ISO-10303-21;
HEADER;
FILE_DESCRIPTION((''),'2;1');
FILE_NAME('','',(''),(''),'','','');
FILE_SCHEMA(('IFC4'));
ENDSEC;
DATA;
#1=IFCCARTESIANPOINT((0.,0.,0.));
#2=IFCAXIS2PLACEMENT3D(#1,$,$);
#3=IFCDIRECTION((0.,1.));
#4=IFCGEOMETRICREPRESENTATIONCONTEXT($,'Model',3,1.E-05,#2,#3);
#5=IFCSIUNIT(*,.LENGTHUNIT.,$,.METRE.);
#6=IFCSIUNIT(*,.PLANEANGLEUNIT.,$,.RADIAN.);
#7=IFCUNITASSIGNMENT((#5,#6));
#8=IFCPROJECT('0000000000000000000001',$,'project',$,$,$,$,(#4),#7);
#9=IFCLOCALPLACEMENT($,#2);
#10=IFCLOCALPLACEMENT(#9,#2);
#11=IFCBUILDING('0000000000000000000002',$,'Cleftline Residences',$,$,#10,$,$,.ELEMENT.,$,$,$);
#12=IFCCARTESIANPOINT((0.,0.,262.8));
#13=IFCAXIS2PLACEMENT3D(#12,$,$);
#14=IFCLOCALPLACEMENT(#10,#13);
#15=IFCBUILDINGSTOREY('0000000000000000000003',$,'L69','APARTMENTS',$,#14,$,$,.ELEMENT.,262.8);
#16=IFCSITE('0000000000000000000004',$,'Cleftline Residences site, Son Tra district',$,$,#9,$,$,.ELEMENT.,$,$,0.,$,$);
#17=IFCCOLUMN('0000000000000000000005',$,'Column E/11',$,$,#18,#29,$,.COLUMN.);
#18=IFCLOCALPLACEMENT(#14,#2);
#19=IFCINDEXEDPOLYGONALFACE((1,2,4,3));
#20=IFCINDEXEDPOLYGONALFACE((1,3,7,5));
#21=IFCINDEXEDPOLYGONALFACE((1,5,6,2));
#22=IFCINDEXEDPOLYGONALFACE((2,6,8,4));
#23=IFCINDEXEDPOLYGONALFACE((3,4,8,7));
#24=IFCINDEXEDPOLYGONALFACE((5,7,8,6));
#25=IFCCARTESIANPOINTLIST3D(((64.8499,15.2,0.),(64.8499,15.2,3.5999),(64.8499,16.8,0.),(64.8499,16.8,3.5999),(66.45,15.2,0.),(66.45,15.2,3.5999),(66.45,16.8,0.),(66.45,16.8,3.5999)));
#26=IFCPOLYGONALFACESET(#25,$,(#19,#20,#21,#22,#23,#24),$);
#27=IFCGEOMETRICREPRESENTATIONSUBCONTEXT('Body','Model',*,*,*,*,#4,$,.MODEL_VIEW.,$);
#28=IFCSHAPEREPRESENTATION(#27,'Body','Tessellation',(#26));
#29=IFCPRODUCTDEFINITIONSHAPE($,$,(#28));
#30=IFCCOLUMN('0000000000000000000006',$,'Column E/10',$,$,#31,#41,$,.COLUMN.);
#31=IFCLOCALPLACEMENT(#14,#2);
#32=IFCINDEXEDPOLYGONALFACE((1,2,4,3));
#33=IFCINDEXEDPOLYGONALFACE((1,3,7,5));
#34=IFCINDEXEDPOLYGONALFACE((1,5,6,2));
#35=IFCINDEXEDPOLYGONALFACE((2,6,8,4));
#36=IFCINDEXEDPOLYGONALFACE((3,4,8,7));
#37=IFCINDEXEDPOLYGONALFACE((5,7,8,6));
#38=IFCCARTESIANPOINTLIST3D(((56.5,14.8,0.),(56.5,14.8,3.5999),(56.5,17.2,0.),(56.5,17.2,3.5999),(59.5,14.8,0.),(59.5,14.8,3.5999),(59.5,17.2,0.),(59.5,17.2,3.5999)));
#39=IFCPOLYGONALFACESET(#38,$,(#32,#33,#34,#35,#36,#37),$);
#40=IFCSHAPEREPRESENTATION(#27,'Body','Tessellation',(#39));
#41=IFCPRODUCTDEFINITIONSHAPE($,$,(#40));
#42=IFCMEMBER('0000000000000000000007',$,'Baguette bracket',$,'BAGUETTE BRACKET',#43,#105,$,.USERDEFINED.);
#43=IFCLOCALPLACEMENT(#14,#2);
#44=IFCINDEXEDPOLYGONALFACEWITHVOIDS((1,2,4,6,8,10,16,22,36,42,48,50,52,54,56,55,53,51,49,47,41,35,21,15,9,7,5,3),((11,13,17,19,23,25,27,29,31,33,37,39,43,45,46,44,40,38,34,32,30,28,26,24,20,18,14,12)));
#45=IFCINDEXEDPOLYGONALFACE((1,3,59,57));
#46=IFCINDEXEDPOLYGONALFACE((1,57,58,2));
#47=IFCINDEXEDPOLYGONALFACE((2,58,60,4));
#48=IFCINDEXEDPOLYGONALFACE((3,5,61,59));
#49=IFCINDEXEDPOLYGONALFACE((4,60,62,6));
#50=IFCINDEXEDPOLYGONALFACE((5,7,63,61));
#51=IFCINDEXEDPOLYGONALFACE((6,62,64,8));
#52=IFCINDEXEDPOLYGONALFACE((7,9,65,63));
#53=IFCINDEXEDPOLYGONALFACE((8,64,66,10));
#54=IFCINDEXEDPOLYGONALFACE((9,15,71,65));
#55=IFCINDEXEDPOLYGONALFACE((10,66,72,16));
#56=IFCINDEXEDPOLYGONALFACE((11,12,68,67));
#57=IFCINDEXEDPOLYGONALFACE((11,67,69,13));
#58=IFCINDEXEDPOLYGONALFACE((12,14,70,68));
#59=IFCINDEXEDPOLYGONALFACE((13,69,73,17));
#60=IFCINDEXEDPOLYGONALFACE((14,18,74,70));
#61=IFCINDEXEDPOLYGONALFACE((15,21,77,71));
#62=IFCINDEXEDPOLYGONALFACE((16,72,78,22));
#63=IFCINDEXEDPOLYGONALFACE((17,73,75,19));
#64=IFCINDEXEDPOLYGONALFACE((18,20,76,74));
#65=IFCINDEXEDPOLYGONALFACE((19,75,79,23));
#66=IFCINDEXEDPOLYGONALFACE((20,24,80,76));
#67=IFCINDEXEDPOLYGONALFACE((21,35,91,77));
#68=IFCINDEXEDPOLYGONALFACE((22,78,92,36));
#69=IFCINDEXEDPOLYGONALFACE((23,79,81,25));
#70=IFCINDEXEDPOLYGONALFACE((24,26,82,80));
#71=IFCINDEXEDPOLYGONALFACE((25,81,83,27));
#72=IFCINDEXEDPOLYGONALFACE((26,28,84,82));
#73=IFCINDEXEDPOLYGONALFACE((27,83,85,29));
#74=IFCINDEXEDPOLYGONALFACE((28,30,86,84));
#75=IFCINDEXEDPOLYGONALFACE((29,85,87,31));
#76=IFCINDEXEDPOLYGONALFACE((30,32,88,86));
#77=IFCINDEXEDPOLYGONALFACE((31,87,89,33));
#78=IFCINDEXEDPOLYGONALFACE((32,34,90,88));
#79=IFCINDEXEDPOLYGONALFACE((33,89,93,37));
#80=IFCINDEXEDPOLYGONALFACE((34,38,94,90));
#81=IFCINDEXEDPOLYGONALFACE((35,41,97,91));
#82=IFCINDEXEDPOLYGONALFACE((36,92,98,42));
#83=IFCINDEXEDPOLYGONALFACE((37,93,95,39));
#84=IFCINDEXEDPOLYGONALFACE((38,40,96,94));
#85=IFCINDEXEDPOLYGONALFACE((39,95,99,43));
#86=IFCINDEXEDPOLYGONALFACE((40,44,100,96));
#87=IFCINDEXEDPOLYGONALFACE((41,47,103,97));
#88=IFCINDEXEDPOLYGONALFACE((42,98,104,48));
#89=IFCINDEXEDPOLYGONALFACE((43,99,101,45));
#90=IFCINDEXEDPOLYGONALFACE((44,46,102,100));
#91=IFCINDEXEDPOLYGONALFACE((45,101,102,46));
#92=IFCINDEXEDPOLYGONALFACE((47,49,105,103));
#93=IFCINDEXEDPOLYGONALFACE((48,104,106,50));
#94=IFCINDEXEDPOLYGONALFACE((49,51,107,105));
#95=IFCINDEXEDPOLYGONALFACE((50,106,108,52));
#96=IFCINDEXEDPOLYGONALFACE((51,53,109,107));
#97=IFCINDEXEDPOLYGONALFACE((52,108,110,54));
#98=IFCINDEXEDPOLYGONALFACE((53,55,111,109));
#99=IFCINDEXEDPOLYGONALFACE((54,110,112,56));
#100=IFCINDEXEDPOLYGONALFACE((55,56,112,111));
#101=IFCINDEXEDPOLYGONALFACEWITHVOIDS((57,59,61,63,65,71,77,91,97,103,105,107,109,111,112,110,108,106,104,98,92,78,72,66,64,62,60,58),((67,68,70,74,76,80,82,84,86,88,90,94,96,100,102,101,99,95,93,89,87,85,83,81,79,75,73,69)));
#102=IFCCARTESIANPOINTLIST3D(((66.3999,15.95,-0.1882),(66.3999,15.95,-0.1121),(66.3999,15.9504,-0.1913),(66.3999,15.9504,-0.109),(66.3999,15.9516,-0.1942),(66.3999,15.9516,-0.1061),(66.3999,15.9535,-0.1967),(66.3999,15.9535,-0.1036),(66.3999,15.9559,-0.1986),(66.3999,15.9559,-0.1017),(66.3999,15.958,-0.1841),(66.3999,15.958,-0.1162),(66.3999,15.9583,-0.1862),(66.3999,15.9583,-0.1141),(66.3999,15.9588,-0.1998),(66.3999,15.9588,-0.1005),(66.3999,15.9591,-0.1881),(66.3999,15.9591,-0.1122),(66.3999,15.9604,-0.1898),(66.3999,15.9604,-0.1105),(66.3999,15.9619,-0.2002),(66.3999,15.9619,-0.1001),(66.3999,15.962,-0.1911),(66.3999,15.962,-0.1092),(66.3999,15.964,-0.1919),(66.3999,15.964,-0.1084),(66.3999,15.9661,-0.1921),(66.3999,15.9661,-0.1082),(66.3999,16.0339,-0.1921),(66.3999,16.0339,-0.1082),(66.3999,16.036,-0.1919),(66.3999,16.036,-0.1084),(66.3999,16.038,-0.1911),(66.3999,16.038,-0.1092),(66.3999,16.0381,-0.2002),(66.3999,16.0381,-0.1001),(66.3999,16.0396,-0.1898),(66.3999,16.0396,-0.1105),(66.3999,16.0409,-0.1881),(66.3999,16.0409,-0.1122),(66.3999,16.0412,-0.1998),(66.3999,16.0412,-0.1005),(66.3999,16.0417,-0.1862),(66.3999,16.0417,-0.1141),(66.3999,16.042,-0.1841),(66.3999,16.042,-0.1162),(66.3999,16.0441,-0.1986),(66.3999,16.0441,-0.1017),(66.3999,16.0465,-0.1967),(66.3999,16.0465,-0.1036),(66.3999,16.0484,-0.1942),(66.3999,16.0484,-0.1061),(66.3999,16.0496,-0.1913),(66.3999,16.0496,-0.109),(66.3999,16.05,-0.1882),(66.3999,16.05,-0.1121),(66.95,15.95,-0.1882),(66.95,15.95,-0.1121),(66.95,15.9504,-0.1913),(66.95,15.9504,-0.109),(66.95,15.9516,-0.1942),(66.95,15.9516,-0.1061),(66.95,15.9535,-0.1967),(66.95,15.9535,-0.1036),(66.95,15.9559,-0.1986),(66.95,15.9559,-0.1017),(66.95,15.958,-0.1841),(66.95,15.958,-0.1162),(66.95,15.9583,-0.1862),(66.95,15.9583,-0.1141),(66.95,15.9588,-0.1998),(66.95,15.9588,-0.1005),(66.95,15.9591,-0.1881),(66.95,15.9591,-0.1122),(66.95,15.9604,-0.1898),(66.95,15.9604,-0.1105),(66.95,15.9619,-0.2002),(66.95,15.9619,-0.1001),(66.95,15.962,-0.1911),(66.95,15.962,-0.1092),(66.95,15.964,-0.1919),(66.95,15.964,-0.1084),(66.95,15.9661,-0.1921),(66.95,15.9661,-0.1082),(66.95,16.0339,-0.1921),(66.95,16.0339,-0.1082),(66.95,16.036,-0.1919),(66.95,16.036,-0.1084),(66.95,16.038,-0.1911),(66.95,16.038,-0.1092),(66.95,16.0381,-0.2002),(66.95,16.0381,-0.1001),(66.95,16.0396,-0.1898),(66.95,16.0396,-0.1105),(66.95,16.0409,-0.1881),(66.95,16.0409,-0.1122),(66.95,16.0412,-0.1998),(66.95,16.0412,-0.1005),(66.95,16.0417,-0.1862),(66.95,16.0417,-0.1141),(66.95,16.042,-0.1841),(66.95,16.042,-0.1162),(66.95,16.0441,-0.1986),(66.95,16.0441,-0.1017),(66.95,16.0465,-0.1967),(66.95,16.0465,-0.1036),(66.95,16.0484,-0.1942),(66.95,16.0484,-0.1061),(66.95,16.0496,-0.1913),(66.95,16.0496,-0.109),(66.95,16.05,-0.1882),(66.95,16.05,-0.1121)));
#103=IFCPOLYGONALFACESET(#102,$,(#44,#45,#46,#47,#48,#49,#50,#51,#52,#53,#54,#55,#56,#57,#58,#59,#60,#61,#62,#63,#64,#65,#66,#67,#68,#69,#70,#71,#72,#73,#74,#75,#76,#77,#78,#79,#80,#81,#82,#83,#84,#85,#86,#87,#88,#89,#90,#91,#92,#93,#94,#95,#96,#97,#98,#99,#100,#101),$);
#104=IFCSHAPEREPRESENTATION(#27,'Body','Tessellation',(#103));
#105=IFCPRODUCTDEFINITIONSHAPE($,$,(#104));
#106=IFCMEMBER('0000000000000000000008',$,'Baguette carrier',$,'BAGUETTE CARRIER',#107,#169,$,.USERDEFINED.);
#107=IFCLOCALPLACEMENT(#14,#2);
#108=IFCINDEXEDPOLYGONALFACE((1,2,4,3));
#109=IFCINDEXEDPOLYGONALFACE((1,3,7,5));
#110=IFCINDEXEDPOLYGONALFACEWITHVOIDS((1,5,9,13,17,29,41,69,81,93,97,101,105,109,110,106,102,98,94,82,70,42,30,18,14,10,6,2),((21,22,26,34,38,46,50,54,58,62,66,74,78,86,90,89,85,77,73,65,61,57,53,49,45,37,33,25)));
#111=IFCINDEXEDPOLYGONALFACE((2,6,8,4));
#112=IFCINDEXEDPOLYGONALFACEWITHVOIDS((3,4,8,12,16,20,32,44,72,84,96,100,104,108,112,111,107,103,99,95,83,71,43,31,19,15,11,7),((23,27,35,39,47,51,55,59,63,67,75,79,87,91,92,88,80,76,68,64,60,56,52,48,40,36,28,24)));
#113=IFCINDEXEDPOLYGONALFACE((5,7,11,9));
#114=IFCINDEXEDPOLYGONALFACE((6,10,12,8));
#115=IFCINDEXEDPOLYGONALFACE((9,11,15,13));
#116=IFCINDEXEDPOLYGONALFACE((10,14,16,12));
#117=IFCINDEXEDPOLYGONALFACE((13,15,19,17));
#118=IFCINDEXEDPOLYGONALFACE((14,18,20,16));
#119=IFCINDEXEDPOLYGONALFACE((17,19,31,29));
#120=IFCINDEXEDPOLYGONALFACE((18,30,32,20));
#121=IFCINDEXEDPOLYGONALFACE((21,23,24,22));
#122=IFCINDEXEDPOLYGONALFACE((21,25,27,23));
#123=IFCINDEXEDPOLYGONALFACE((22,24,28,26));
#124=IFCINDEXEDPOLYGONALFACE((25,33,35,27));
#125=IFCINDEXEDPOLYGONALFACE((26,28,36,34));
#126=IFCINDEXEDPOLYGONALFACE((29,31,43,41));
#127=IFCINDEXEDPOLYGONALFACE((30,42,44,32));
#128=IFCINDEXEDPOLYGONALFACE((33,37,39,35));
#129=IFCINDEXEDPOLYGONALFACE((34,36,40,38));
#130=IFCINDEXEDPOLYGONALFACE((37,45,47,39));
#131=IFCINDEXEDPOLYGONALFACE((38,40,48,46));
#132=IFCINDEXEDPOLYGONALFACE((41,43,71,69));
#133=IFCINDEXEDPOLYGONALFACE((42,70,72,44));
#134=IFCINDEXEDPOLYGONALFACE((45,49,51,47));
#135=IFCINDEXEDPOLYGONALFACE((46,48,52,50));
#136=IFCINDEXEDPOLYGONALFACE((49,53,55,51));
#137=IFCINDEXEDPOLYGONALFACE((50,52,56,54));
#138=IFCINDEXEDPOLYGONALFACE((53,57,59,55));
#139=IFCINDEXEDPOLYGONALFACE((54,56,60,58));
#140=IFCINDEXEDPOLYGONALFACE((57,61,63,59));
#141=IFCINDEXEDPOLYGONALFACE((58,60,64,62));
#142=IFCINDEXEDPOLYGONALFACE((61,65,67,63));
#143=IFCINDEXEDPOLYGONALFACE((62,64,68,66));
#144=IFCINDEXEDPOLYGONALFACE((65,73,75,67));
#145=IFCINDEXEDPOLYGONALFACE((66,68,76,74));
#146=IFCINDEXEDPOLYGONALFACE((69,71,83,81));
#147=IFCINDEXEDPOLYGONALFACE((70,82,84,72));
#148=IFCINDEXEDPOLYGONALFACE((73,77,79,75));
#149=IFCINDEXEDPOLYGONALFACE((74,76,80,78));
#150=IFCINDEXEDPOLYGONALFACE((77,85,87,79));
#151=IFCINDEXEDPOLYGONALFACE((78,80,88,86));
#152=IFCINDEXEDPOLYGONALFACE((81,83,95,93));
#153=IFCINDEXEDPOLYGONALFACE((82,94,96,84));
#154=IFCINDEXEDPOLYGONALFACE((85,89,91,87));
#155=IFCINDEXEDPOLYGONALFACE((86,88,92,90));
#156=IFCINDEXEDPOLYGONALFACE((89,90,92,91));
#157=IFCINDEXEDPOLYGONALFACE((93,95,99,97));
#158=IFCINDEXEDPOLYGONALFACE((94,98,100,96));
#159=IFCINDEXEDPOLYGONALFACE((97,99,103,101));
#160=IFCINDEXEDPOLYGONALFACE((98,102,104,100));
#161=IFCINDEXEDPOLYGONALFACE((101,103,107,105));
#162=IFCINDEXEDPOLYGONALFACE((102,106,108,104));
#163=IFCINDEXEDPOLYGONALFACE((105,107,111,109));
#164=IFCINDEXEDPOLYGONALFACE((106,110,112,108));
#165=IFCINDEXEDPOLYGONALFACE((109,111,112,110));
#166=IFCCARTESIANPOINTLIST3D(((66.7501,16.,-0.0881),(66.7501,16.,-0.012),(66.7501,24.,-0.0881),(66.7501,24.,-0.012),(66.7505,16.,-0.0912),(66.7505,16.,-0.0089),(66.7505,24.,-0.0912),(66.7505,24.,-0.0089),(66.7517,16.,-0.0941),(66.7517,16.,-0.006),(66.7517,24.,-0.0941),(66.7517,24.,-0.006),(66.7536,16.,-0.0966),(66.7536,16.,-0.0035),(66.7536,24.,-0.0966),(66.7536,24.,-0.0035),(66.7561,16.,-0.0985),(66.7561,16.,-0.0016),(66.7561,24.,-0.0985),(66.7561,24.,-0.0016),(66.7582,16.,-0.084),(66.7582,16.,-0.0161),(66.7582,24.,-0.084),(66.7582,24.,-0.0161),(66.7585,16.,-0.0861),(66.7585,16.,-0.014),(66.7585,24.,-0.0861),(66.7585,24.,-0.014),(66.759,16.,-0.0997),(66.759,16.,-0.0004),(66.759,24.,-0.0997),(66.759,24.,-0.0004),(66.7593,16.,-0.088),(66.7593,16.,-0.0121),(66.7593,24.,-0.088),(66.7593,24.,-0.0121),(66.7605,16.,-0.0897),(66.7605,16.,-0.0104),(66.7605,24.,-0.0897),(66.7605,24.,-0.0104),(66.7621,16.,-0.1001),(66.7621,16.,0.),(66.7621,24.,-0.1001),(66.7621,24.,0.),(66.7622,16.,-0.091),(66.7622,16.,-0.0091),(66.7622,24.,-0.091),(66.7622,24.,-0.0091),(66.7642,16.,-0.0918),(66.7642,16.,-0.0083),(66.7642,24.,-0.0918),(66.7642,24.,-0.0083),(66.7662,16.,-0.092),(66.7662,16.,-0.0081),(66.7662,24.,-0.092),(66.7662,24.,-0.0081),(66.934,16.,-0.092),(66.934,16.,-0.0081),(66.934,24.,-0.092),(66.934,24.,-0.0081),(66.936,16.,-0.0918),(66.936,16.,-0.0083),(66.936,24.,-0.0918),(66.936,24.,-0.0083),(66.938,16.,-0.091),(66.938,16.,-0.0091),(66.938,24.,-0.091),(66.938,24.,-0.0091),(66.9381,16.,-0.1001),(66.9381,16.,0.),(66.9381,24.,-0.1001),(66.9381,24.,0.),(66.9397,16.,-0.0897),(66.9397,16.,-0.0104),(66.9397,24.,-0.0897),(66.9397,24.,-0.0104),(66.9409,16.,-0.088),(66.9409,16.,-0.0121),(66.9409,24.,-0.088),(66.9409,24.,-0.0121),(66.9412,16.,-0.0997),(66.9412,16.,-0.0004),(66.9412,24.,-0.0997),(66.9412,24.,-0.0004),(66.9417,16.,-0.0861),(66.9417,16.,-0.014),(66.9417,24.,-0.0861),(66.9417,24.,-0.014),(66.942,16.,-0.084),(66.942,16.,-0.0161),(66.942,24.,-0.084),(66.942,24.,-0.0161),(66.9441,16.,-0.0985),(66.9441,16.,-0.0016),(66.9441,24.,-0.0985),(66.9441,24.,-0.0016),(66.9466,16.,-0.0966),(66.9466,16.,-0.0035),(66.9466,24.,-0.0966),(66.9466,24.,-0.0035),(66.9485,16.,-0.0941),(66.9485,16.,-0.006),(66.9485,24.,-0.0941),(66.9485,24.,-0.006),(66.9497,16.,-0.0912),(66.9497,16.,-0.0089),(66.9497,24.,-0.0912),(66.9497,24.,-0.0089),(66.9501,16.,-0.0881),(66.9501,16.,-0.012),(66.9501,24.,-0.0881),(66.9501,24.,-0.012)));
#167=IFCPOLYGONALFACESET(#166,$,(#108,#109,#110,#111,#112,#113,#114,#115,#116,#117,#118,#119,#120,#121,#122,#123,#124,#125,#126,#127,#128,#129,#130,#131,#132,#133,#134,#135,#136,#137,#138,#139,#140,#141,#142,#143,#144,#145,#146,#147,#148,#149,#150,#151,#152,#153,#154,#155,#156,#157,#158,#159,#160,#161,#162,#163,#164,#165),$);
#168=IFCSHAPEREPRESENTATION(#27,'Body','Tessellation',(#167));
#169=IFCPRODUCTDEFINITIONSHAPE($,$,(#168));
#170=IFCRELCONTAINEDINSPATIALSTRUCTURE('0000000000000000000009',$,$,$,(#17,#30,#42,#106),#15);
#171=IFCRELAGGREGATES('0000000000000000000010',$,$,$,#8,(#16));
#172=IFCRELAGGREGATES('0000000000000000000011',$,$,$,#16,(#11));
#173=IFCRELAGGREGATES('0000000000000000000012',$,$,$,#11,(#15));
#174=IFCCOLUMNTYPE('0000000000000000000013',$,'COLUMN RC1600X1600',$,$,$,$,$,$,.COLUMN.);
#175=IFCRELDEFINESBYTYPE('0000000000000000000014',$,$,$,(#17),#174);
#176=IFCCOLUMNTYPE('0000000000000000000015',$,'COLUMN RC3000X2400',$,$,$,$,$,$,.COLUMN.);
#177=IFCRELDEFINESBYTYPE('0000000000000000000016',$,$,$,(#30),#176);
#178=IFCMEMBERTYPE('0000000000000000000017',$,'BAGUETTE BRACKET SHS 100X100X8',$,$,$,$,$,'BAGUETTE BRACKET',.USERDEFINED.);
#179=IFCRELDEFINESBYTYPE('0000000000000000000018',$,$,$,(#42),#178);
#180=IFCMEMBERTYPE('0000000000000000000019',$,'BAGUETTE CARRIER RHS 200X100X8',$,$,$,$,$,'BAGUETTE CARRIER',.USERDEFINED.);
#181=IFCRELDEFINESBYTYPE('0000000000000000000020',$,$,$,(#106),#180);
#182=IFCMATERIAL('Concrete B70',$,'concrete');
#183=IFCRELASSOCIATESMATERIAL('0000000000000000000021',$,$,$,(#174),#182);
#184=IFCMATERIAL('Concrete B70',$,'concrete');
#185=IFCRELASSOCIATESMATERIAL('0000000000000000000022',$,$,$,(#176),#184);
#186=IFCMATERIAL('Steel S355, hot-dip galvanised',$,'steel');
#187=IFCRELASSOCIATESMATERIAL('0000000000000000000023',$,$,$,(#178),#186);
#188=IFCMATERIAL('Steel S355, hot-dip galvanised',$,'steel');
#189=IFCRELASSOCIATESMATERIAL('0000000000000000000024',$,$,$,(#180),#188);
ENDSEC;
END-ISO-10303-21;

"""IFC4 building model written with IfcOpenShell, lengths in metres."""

from ifc_helpers import new_model, si_unit, direction, frame, origin, origin_2d, place, context, subcontext, project, spatial, rectangle, hollow_rectangle, extrude, material, material_profile, profile_set, type_object, element, save


model = new_model("IFC4")

# Units and contexts
model_context = context("Model", 3, precision=1e-05, world=origin(), true_north=direction((0.0, 1.0)))
body_context = subcontext(model_context, "Body", "Model", "MODEL_VIEW")
ifc_project = project(units=[si_unit("LENGTHUNIT", "METRE"), si_unit("PLANEANGLEUNIT", "RADIAN")], contexts=[model_context])

# Site, building, storey
site_placement = place(None, origin())
site = spatial("IfcSite", under=ifc_project, at=site_placement, Name="Cleftline Residences site, Son Tra district", CompositionType="ELEMENT", RefElevation=0.0)
building_placement = place(site_placement, origin())
building = spatial("IfcBuilding", under=site, at=building_placement, Name="Cleftline Residences", CompositionType="ELEMENT")
storey_placement = place(building_placement, frame((0.0, 0.0, 262.8)))
storey = spatial("IfcBuildingStorey", under=building, at=storey_placement, Name="L69", Description="APARTMENTS", CompositionType="ELEMENT", Elevation=262.8)

# Columns
ifc_material_1 = material(Name="Concrete B70", Category="concrete")
ifc_material_profile_1 = material_profile(ifc_material_1, rectangle(XDim=1.6001, YDim=1.6001, at=origin_2d()))
ifc_profile_set_1 = profile_set([ifc_material_profile_1], Name="Concrete B70")
column_type_1 = type_object("IfcColumnType", Name="COLUMN RC1600X1600", PredefinedType="COLUMN", material=ifc_profile_set_1)
column_1_placement = place(storey_placement, frame((65.6499, 16.0, 0.0), z_axis=(0.0, 0.0, 1.0), x_axis=(1.0, 0.0, 0.0)))
element("IfcColumn", 1, at=column_1_placement, inside=storey, type_object=column_type_1, Name="Column E/11", PredefinedType="COLUMN", context=body_context, shape_type="SweptSolid", body=[
    extrude(rectangle(XDim=1.6001, YDim=1.6001, at=origin_2d()), origin(), (0.0, 0.0, 1.0), 3.5999),
])
ifc_material_2 = material(Name="Concrete B70", Category="concrete")
ifc_material_profile_2 = material_profile(ifc_material_2, rectangle(XDim=3.0, YDim=2.3999, at=origin_2d()))
ifc_profile_set_2 = profile_set([ifc_material_profile_2], Name="Concrete B70")
column_type_2 = type_object("IfcColumnType", Name="COLUMN RC3000X2400", PredefinedType="COLUMN", material=ifc_profile_set_2)
column_2_placement = place(storey_placement, frame((58.0, 16.0, 0.0), z_axis=(0.0, 0.0, 1.0), x_axis=(1.0, 0.0, 0.0)))
element("IfcColumn", 2, at=column_2_placement, inside=storey, type_object=column_type_2, Name="Column E/10", PredefinedType="COLUMN", context=body_context, shape_type="SweptSolid", body=[
    extrude(rectangle(XDim=3.0, YDim=2.3999, at=origin_2d()), origin(), (0.0, 0.0, 1.0), 3.5999),
])

# Members
ifc_material_3 = material(Name="Steel S355, hot-dip galvanised", Category="steel")
ifc_material_profile_3 = material_profile(ifc_material_3, hollow_rectangle(XDim=0.1001, YDim=0.1001, WallThickness=0.0081, InnerFilletRadius=0.0081, OuterFilletRadius=0.012, at=origin_2d()))
ifc_profile_set_3 = profile_set([ifc_material_profile_3], Name="Steel S355, hot-dip galvanised")
member_type_1 = type_object("IfcMemberType", Name="BAGUETTE BRACKET SHS 100X100X8", ElementType="BAGUETTE BRACKET", PredefinedType="USERDEFINED", material=ifc_profile_set_3)
member_1_placement = place(storey_placement, frame((66.3999, 16.0, -0.1501), z_axis=(1.0, 0.0, 0.0), x_axis=(0.0, 1.0, 0.0)))
element("IfcMember", 3, at=member_1_placement, inside=storey, type_object=member_type_1, Name="Baguette bracket", ObjectType="BAGUETTE BRACKET", PredefinedType="USERDEFINED", context=body_context, shape_type="SweptSolid", body=[
    extrude(hollow_rectangle(XDim=0.1001, YDim=0.1001, WallThickness=0.0081, InnerFilletRadius=0.0081, OuterFilletRadius=0.012, at=origin_2d()), origin(), (0.0, 0.0, 1.0), 0.55),
])
ifc_material_4 = material(Name="Steel S355, hot-dip galvanised", Category="steel")
ifc_material_profile_4 = material_profile(ifc_material_4, hollow_rectangle(XDim=0.1001, YDim=0.2, WallThickness=0.0081, InnerFilletRadius=0.0081, OuterFilletRadius=0.012, at=origin_2d()))
ifc_profile_set_4 = profile_set([ifc_material_profile_4], Name="Steel S355, hot-dip galvanised")
member_type_2 = type_object("IfcMemberType", Name="BAGUETTE CARRIER RHS 200X100X8", ElementType="BAGUETTE CARRIER", PredefinedType="USERDEFINED", material=ifc_profile_set_4)
member_2_placement = place(storey_placement, frame((66.8501, 16.0, -0.05), z_axis=(0.0, 1.0, 0.0), x_axis=(0.0, 0.0, 1.0)))
element("IfcMember", 4, at=member_2_placement, inside=storey, type_object=member_type_2, Name="Baguette carrier", ObjectType="BAGUETTE CARRIER", PredefinedType="USERDEFINED", context=body_context, shape_type="SweptSolid", body=[
    extrude(hollow_rectangle(XDim=0.1001, YDim=0.2, WallThickness=0.0081, InnerFilletRadius=0.0081, OuterFilletRadius=0.012, at=origin_2d()), origin(), (0.0, 0.0, 1.0), 8.0),
])

save(model, "model.ifc")
